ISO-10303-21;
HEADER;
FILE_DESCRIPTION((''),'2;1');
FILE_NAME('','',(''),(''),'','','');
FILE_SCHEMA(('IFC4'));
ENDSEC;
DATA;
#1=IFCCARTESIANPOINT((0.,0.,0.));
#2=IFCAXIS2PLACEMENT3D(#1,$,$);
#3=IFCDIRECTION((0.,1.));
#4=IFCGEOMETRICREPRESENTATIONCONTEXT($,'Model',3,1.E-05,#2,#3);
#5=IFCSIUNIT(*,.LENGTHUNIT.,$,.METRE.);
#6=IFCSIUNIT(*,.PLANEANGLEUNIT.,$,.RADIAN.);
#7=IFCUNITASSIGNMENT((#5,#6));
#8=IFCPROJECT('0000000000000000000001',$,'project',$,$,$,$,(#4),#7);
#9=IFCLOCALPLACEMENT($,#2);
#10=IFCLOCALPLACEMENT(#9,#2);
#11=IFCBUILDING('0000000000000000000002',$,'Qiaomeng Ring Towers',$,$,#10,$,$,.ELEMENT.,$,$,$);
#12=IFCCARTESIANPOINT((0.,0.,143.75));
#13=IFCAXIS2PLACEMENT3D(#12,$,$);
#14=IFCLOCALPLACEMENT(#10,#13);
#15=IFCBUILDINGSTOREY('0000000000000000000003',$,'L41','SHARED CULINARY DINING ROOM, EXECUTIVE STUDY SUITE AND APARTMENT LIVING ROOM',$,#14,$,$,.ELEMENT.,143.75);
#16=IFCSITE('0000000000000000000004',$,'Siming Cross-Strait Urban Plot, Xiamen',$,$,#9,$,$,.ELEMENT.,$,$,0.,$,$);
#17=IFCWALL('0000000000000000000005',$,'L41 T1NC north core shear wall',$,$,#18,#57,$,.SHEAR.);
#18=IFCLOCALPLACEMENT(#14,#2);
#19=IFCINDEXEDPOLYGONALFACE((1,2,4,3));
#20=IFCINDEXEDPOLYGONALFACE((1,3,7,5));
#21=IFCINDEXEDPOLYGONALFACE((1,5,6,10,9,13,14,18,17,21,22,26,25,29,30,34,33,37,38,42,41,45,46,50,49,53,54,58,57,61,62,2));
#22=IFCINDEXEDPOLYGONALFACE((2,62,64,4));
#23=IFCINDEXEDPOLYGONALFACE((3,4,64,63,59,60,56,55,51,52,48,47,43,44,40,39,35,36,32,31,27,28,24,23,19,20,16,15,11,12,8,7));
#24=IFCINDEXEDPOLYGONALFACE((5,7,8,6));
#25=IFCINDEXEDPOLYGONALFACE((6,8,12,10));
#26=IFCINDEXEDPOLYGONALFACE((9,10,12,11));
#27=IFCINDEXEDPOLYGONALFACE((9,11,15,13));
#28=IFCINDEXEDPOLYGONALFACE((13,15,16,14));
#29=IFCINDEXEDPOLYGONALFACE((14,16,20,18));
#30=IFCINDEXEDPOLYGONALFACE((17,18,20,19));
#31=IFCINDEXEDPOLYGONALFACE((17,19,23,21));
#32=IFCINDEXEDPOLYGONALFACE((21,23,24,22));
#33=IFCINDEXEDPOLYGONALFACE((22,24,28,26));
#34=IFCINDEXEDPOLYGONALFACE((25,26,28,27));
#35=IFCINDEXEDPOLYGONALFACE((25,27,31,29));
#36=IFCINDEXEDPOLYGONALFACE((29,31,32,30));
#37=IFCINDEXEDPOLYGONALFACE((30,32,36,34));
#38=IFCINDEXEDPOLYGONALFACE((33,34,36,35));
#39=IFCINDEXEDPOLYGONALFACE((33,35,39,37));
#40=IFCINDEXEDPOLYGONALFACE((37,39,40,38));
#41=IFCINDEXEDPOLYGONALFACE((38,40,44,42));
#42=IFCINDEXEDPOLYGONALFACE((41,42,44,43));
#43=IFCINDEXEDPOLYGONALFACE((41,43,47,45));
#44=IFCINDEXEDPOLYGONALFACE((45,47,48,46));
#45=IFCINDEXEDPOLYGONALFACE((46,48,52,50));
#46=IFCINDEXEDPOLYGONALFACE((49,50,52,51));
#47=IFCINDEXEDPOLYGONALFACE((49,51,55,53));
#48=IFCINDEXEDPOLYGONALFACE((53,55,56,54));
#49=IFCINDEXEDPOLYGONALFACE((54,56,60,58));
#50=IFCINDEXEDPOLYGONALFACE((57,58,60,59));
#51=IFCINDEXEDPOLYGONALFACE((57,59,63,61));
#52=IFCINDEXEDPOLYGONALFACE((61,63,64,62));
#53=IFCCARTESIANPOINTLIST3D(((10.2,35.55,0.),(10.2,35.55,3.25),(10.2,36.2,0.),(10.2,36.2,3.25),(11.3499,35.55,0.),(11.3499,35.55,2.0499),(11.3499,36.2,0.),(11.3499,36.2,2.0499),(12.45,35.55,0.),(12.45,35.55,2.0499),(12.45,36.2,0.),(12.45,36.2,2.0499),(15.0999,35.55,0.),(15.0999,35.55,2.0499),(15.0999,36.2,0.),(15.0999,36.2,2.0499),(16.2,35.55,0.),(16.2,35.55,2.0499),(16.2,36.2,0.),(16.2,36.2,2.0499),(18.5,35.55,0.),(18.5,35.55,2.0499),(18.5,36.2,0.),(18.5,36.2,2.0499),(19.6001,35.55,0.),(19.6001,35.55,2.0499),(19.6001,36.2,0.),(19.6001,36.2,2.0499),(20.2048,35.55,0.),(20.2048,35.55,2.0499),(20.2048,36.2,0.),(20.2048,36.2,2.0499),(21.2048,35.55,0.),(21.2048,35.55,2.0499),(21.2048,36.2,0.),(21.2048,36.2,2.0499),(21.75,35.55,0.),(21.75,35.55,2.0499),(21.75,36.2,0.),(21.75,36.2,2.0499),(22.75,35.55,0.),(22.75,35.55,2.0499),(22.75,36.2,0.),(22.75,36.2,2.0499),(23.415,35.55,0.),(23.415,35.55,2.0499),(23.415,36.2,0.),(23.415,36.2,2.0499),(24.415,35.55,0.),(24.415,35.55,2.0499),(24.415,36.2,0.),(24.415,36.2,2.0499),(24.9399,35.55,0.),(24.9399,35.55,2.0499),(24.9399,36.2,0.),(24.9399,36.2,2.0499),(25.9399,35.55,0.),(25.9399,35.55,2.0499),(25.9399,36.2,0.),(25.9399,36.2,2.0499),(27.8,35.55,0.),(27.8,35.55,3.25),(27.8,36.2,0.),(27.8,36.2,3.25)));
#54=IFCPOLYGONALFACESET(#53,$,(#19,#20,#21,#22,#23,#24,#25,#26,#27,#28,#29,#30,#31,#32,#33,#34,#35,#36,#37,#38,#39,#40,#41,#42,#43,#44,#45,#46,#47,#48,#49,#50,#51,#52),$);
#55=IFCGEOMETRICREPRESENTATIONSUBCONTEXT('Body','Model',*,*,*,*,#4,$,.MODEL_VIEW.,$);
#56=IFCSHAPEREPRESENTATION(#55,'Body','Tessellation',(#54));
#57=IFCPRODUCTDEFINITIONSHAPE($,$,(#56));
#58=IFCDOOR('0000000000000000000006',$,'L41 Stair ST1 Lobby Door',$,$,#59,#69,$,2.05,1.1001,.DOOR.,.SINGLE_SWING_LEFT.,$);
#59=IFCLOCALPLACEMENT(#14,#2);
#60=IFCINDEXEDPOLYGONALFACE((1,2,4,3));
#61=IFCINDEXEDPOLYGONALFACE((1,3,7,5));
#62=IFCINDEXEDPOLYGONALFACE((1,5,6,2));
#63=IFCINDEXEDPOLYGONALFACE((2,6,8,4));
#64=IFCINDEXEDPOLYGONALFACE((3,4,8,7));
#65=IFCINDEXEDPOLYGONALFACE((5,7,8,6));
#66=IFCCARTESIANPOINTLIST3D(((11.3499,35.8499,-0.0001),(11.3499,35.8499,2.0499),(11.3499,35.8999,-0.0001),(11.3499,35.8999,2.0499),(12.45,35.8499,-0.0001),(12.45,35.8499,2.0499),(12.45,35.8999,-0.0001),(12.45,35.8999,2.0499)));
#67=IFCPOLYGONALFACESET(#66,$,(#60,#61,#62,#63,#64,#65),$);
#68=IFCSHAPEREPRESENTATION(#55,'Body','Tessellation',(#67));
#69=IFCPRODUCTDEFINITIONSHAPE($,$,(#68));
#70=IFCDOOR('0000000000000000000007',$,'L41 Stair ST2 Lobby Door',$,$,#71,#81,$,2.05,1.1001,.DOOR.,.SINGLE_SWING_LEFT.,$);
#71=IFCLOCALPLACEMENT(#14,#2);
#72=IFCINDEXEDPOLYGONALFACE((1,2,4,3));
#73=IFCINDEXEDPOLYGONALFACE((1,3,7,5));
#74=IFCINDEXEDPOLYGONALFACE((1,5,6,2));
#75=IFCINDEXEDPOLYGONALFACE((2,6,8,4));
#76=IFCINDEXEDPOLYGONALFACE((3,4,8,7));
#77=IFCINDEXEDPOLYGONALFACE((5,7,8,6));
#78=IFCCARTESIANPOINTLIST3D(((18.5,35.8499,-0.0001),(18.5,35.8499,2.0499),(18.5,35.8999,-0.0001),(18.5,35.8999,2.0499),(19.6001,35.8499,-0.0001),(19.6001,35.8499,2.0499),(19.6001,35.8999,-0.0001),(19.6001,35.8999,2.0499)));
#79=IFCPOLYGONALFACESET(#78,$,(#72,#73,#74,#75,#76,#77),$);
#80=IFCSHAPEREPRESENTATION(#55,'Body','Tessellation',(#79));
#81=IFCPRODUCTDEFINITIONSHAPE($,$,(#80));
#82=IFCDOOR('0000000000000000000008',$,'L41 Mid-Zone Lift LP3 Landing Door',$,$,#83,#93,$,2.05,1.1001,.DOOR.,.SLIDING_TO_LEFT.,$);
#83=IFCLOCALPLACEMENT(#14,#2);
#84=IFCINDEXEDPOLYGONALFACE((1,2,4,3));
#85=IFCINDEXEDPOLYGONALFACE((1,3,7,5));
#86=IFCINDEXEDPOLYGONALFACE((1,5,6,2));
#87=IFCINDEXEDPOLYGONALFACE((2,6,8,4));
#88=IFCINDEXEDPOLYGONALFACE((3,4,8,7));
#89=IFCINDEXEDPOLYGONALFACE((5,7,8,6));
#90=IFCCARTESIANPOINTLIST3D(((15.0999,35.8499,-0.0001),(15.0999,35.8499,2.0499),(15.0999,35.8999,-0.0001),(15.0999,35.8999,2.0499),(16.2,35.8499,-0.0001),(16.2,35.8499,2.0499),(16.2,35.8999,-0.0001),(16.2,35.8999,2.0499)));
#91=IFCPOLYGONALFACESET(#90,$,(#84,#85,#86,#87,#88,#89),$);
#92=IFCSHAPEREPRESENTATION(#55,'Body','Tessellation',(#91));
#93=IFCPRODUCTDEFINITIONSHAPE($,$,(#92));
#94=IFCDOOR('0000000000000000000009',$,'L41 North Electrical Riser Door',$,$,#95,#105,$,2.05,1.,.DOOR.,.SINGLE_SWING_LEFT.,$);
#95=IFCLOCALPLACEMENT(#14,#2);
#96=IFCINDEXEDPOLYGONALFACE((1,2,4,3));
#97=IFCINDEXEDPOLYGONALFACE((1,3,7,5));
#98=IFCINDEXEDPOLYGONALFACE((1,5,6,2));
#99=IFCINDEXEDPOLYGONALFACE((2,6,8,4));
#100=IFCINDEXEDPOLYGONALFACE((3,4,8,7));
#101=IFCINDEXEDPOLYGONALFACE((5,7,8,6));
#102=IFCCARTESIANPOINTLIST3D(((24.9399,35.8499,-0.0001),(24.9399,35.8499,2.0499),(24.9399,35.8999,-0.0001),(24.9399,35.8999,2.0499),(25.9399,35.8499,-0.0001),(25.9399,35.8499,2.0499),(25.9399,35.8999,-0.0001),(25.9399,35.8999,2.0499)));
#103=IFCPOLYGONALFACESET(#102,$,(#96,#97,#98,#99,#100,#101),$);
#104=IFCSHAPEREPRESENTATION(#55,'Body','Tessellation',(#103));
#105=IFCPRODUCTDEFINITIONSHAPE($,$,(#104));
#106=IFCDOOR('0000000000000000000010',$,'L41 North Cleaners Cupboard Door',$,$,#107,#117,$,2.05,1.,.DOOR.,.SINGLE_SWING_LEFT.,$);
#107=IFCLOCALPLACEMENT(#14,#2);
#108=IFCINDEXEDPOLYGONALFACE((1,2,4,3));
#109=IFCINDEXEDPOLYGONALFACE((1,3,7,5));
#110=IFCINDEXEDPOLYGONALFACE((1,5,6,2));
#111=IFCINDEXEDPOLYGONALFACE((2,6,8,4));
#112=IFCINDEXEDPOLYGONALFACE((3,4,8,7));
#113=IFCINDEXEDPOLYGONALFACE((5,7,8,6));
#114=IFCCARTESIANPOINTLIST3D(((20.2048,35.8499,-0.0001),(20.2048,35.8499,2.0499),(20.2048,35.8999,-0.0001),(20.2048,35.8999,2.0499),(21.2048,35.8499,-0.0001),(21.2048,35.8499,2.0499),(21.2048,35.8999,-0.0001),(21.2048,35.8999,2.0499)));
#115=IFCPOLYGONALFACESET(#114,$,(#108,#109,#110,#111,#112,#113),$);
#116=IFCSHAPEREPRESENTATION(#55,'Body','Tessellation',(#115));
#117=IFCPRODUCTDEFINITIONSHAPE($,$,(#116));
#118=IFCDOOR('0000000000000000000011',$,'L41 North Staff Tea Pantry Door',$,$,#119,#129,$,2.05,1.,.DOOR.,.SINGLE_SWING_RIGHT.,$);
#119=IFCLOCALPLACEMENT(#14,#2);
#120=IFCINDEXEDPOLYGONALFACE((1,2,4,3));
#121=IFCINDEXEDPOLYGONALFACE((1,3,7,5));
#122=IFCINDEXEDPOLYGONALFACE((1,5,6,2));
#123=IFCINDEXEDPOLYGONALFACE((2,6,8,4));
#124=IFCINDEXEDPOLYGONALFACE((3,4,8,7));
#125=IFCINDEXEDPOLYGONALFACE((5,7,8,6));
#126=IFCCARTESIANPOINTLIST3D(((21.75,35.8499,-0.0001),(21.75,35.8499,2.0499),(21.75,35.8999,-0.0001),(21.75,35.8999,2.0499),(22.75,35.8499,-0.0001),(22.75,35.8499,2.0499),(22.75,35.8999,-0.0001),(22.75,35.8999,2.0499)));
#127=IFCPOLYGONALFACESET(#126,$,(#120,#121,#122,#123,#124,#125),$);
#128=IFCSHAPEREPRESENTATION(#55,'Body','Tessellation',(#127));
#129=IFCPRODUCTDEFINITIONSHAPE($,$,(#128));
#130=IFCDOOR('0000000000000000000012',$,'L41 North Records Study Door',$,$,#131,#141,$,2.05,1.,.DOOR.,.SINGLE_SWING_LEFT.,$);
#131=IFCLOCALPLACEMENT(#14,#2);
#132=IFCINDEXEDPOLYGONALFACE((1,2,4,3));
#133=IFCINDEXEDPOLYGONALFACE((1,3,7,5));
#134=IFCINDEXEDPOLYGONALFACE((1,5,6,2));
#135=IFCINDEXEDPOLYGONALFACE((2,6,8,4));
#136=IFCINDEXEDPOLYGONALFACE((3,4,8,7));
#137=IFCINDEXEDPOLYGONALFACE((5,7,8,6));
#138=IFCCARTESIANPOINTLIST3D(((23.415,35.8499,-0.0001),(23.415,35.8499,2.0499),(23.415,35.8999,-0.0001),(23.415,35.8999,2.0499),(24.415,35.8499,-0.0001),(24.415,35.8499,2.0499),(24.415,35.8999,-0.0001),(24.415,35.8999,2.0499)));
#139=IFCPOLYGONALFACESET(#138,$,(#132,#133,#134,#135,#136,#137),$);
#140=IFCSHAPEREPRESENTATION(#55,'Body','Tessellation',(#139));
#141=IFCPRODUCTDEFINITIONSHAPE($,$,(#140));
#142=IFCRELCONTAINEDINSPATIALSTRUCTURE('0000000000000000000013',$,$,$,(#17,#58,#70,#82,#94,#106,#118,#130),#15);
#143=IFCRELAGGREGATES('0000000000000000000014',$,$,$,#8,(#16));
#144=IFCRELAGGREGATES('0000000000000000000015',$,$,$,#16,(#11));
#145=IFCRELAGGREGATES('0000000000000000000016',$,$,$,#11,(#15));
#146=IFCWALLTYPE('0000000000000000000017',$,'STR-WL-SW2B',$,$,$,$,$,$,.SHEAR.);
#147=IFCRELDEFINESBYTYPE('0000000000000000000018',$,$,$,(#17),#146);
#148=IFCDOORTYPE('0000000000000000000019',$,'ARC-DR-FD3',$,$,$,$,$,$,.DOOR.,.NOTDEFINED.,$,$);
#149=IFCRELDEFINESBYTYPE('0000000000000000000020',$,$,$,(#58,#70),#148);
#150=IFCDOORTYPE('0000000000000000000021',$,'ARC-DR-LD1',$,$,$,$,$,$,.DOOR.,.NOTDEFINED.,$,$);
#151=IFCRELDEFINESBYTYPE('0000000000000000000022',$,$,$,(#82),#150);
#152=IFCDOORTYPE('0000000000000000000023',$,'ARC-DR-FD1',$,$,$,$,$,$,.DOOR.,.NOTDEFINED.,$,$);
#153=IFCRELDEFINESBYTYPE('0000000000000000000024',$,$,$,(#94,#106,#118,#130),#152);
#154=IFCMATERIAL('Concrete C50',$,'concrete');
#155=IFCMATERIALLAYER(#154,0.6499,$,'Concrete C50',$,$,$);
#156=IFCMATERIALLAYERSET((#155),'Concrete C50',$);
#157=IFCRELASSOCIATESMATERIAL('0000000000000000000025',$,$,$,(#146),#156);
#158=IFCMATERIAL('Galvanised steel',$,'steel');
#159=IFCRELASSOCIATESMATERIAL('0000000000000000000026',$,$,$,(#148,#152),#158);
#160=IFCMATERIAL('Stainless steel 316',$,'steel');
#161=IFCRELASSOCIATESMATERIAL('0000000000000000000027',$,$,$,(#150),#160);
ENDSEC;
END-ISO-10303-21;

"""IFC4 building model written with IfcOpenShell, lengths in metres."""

from ifc_helpers import new_model, si_unit, direction, frame, frame_2d, origin, place, context, subcontext, project, spatial, rectangle, extrude, source, transform, mapped, material, layer, layer_set, type_object, element, fill, save


model = new_model("IFC4")

# Units and contexts
model_context = context("Model", 3, precision=1e-05, world=origin(), true_north=direction((0.0, 1.0)))
body_context = subcontext(model_context, "Body", "Model", "MODEL_VIEW")
ifc_project = project(units=[si_unit("LENGTHUNIT", "METRE"), si_unit("PLANEANGLEUNIT", "RADIAN")], contexts=[model_context])

# Site, building, storey
site_placement = place(None, origin())
site = spatial("IfcSite", under=ifc_project, at=site_placement, Name="Siming Cross-Strait Urban Plot, Xiamen", CompositionType="ELEMENT", RefElevation=0.0)
building_placement = place(site_placement, origin())
building = spatial("IfcBuilding", under=site, at=building_placement, Name="Qiaomeng Ring Towers", CompositionType="ELEMENT")
storey_placement = place(building_placement, frame((0.0, 0.0, 143.75)))
storey = spatial("IfcBuildingStorey", under=building, at=storey_placement, Name="L41", Description="SHARED CULINARY DINING ROOM, EXECUTIVE STUDY SUITE AND APARTMENT LIVING ROOM", CompositionType="ELEMENT", Elevation=143.75)

# Shared definitions
ifc_material_1 = material(Name="Concrete C50", Category="concrete")

# Wall, openings, doors
ifc_layer_1 = layer(ifc_material_1, 0.6499, Name="Concrete C50")
ifc_layer_set_1 = layer_set([ifc_layer_1], Name="Concrete C50")
wall_type_1 = type_object("IfcWallType", Name="STR-WL-SW2B", PredefinedType="SHEAR", material=ifc_layer_set_1)
wall_1_placement = place(storey_placement, frame((10.2, 35.875, 0.0), z_axis=(0.0, 0.0, 1.0), x_axis=(1.0, 0.0, 0.0)))
wall_1 = element("IfcWall", 1, at=wall_1_placement, inside=storey, type_object=wall_type_1, Name="L41 T1NC north core shear wall", PredefinedType="SHEAR", context=body_context, shape_type="SweptSolid", body=[
    extrude(rectangle(XDim=17.6001, YDim=0.6499, at=frame_2d((8.8, 0.0))), origin(), (0.0, 0.0, 1.0), 3.25),
])
opening_1_placement = place(wall_1_placement, frame((1.1499, 0.0, 0.0)))
opening_1 = element("IfcOpeningElement", 2, at=opening_1_placement, cuts=wall_1, PredefinedType="OPENING", context=body_context, shape_type="SweptSolid", body=[
    extrude(rectangle(XDim=1.1001, YDim=2.05, at=frame_2d((0.55, 1.0249))), frame((0.0, 0.335, 0.0), z_axis=(0.0, -1.0, 0.0), x_axis=(1.0, 0.0, 0.0)), (0.0, 0.0, 1.0), 0.6699),
])
opening_2_placement = place(wall_1_placement, frame((8.3, 0.0, 0.0)))
opening_2 = element("IfcOpeningElement", 3, at=opening_2_placement, cuts=wall_1, PredefinedType="OPENING", context=body_context, shape_type="SweptSolid", body=[
    extrude(rectangle(XDim=1.1001, YDim=2.05, at=frame_2d((0.55, 1.0249))), frame((0.0, 0.335, 0.0), z_axis=(0.0, -1.0, 0.0), x_axis=(1.0, 0.0, 0.0)), (0.0, 0.0, 1.0), 0.6699),
])
opening_3_placement = place(wall_1_placement, frame((4.8999, 0.0, 0.0)))
opening_3 = element("IfcOpeningElement", 4, at=opening_3_placement, cuts=wall_1, PredefinedType="OPENING", context=body_context, shape_type="SweptSolid", body=[
    extrude(rectangle(XDim=1.1001, YDim=2.05, at=frame_2d((0.55, 1.0249))), frame((0.0, 0.335, 0.0), z_axis=(0.0, -1.0, 0.0), x_axis=(1.0, 0.0, 0.0)), (0.0, 0.0, 1.0), 0.6699),
])
opening_4_placement = place(wall_1_placement, frame((14.74, 0.0, 0.0)))
opening_4 = element("IfcOpeningElement", 5, at=opening_4_placement, cuts=wall_1, PredefinedType="OPENING", context=body_context, shape_type="SweptSolid", body=[
    extrude(rectangle(XDim=1.0, YDim=2.05, at=frame_2d((0.5, 1.0249))), frame((0.0, 0.335, 0.0), z_axis=(0.0, -1.0, 0.0), x_axis=(1.0, 0.0, 0.0)), (0.0, 0.0, 1.0), 0.6699),
])
opening_5_placement = place(wall_1_placement, frame((10.0049, 0.0, 0.0)))
opening_5 = element("IfcOpeningElement", 6, at=opening_5_placement, cuts=wall_1, PredefinedType="OPENING", context=body_context, shape_type="SweptSolid", body=[
    extrude(rectangle(XDim=1.0, YDim=2.05, at=frame_2d((0.5, 1.0249))), frame((0.0, 0.335, 0.0), z_axis=(0.0, -1.0, 0.0), x_axis=(1.0, 0.0, 0.0)), (0.0, 0.0, 1.0), 0.6699),
])
opening_6_placement = place(wall_1_placement, frame((11.55, 0.0, 0.0)))
opening_6 = element("IfcOpeningElement", 7, at=opening_6_placement, cuts=wall_1, PredefinedType="OPENING", context=body_context, shape_type="SweptSolid", body=[
    extrude(rectangle(XDim=1.0, YDim=2.05, at=frame_2d((0.5, 1.0249))), frame((0.0, 0.335, 0.0), z_axis=(0.0, -1.0, 0.0), x_axis=(1.0, 0.0, 0.0)), (0.0, 0.0, 1.0), 0.6699),
])
opening_7_placement = place(wall_1_placement, frame((13.2151, 0.0, 0.0)))
opening_7 = element("IfcOpeningElement", 8, at=opening_7_placement, cuts=wall_1, PredefinedType="OPENING", context=body_context, shape_type="SweptSolid", body=[
    extrude(rectangle(XDim=1.0, YDim=2.05, at=frame_2d((0.5, 1.0249))), frame((0.0, 0.335, 0.0), z_axis=(0.0, -1.0, 0.0), x_axis=(1.0, 0.0, 0.0)), (0.0, 0.0, 1.0), 0.6699),
])
ifc_material_2 = material(Name="Galvanised steel", Category="steel")
door_type_1 = type_object("IfcDoorType", Name="ARC-DR-FD3", OperationType="NOTDEFINED", PredefinedType="DOOR", material=ifc_material_2)
shared_shape_1 = source(origin(), body_context, "Body", "SweptSolid", [
    extrude(rectangle(XDim=1.1001, YDim=2.05, at=frame_2d((0.55, 1.0249))), frame((0.0, 0.0249, 0.0), z_axis=(0.0, -1.0, 0.0), x_axis=(1.0, 0.0, 0.0)), (0.0, 0.0, 1.0), 0.05),
])
door_1_placement = place(opening_1_placement, origin())
door_1 = element("IfcDoor", 9, at=door_1_placement, inside=storey, type_object=door_type_1, Name="L41 Stair ST1 Lobby Door", OperationType="SINGLE_SWING_LEFT", OverallHeight=2.05, OverallWidth=1.1001, PredefinedType="DOOR", context=body_context, shape_type="MappedRepresentation", body=[
    mapped(shared_shape_1, transform((0.0, 0.0, 0.0), x_axis=(1.0, 0.0, 0.0), y_axis=(0.0, 1.0, 0.0), z_axis=(0.0, 0.0, 1.0), scale=1.0)),
])
fill(opening_1, door_1)
door_2_placement = place(opening_2_placement, origin())
door_2 = element("IfcDoor", 10, at=door_2_placement, inside=storey, type_object=door_type_1, Name="L41 Stair ST2 Lobby Door", OperationType="SINGLE_SWING_LEFT", OverallHeight=2.05, OverallWidth=1.1001, PredefinedType="DOOR", context=body_context, shape_type="MappedRepresentation", body=[
    mapped(shared_shape_1, transform((0.0, 0.0, 0.0), x_axis=(1.0, 0.0, 0.0), y_axis=(0.0, 1.0, 0.0), z_axis=(0.0, 0.0, 1.0), scale=1.0)),
])
fill(opening_2, door_2)
ifc_material_3 = material(Name="Stainless steel 316", Category="steel")
door_type_2 = type_object("IfcDoorType", Name="ARC-DR-LD1", OperationType="NOTDEFINED", PredefinedType="DOOR", material=ifc_material_3)
door_3_placement = place(opening_3_placement, origin())
door_3 = element("IfcDoor", 11, at=door_3_placement, inside=storey, type_object=door_type_2, Name="L41 Mid-Zone Lift LP3 Landing Door", OperationType="SLIDING_TO_LEFT", OverallHeight=2.05, OverallWidth=1.1001, PredefinedType="DOOR", context=body_context, shape_type="MappedRepresentation", body=[
    mapped(shared_shape_1, transform((0.0, 0.0, 0.0), x_axis=(1.0, 0.0, 0.0), y_axis=(0.0, 1.0, 0.0), z_axis=(0.0, 0.0, 1.0), scale=1.0)),
])
fill(opening_3, door_3)
door_type_3 = type_object("IfcDoorType", Name="ARC-DR-FD1", OperationType="NOTDEFINED", PredefinedType="DOOR", material=ifc_material_2)
shared_shape_2 = source(origin(), body_context, "Body", "SweptSolid", [
    extrude(rectangle(XDim=1.0, YDim=2.05, at=frame_2d((0.5, 1.0249))), frame((0.0, 0.0249, 0.0), z_axis=(0.0, -1.0, 0.0), x_axis=(1.0, 0.0, 0.0)), (0.0, 0.0, 1.0), 0.05),
])
door_4_placement = place(opening_4_placement, origin())
door_4 = element("IfcDoor", 12, at=door_4_placement, inside=storey, type_object=door_type_3, Name="L41 North Electrical Riser Door", OperationType="SINGLE_SWING_LEFT", OverallHeight=2.05, OverallWidth=1.0, PredefinedType="DOOR", context=body_context, shape_type="MappedRepresentation", body=[
    mapped(shared_shape_2, transform((0.0, 0.0, 0.0), x_axis=(1.0, 0.0, 0.0), y_axis=(0.0, 1.0, 0.0), z_axis=(0.0, 0.0, 1.0), scale=1.0)),
])
fill(opening_4, door_4)
door_5_placement = place(opening_5_placement, origin())
door_5 = element("IfcDoor", 13, at=door_5_placement, inside=storey, type_object=door_type_3, Name="L41 North Cleaners Cupboard Door", OperationType="SINGLE_SWING_LEFT", OverallHeight=2.05, OverallWidth=1.0, PredefinedType="DOOR", context=body_context, shape_type="MappedRepresentation", body=[
    mapped(shared_shape_2, transform((0.0, 0.0, 0.0), x_axis=(1.0, 0.0, 0.0), y_axis=(0.0, 1.0, 0.0), z_axis=(0.0, 0.0, 1.0), scale=1.0)),
])
fill(opening_5, door_5)
door_6_placement = place(opening_6_placement, origin())
door_6 = element("IfcDoor", 14, at=door_6_placement, inside=storey, type_object=door_type_3, Name="L41 North Staff Tea Pantry Door", OperationType="SINGLE_SWING_RIGHT", OverallHeight=2.05, OverallWidth=1.0, PredefinedType="DOOR", context=body_context, shape_type="MappedRepresentation", body=[
    mapped(shared_shape_2, transform((0.0, 0.0, 0.0), x_axis=(1.0, 0.0, 0.0), y_axis=(0.0, 1.0, 0.0), z_axis=(0.0, 0.0, 1.0), scale=1.0)),
])
fill(opening_6, door_6)
door_7_placement = place(opening_7_placement, origin())
door_7 = element("IfcDoor", 15, at=door_7_placement, inside=storey, type_object=door_type_3, Name="L41 North Records Study Door", OperationType="SINGLE_SWING_LEFT", OverallHeight=2.05, OverallWidth=1.0, PredefinedType="DOOR", context=body_context, shape_type="MappedRepresentation", body=[
    mapped(shared_shape_2, transform((0.0, 0.0, 0.0), x_axis=(1.0, 0.0, 0.0), y_axis=(0.0, 1.0, 0.0), z_axis=(0.0, 0.0, 1.0), scale=1.0)),
])
fill(opening_7, door_7)

save(model, "model.ifc")
